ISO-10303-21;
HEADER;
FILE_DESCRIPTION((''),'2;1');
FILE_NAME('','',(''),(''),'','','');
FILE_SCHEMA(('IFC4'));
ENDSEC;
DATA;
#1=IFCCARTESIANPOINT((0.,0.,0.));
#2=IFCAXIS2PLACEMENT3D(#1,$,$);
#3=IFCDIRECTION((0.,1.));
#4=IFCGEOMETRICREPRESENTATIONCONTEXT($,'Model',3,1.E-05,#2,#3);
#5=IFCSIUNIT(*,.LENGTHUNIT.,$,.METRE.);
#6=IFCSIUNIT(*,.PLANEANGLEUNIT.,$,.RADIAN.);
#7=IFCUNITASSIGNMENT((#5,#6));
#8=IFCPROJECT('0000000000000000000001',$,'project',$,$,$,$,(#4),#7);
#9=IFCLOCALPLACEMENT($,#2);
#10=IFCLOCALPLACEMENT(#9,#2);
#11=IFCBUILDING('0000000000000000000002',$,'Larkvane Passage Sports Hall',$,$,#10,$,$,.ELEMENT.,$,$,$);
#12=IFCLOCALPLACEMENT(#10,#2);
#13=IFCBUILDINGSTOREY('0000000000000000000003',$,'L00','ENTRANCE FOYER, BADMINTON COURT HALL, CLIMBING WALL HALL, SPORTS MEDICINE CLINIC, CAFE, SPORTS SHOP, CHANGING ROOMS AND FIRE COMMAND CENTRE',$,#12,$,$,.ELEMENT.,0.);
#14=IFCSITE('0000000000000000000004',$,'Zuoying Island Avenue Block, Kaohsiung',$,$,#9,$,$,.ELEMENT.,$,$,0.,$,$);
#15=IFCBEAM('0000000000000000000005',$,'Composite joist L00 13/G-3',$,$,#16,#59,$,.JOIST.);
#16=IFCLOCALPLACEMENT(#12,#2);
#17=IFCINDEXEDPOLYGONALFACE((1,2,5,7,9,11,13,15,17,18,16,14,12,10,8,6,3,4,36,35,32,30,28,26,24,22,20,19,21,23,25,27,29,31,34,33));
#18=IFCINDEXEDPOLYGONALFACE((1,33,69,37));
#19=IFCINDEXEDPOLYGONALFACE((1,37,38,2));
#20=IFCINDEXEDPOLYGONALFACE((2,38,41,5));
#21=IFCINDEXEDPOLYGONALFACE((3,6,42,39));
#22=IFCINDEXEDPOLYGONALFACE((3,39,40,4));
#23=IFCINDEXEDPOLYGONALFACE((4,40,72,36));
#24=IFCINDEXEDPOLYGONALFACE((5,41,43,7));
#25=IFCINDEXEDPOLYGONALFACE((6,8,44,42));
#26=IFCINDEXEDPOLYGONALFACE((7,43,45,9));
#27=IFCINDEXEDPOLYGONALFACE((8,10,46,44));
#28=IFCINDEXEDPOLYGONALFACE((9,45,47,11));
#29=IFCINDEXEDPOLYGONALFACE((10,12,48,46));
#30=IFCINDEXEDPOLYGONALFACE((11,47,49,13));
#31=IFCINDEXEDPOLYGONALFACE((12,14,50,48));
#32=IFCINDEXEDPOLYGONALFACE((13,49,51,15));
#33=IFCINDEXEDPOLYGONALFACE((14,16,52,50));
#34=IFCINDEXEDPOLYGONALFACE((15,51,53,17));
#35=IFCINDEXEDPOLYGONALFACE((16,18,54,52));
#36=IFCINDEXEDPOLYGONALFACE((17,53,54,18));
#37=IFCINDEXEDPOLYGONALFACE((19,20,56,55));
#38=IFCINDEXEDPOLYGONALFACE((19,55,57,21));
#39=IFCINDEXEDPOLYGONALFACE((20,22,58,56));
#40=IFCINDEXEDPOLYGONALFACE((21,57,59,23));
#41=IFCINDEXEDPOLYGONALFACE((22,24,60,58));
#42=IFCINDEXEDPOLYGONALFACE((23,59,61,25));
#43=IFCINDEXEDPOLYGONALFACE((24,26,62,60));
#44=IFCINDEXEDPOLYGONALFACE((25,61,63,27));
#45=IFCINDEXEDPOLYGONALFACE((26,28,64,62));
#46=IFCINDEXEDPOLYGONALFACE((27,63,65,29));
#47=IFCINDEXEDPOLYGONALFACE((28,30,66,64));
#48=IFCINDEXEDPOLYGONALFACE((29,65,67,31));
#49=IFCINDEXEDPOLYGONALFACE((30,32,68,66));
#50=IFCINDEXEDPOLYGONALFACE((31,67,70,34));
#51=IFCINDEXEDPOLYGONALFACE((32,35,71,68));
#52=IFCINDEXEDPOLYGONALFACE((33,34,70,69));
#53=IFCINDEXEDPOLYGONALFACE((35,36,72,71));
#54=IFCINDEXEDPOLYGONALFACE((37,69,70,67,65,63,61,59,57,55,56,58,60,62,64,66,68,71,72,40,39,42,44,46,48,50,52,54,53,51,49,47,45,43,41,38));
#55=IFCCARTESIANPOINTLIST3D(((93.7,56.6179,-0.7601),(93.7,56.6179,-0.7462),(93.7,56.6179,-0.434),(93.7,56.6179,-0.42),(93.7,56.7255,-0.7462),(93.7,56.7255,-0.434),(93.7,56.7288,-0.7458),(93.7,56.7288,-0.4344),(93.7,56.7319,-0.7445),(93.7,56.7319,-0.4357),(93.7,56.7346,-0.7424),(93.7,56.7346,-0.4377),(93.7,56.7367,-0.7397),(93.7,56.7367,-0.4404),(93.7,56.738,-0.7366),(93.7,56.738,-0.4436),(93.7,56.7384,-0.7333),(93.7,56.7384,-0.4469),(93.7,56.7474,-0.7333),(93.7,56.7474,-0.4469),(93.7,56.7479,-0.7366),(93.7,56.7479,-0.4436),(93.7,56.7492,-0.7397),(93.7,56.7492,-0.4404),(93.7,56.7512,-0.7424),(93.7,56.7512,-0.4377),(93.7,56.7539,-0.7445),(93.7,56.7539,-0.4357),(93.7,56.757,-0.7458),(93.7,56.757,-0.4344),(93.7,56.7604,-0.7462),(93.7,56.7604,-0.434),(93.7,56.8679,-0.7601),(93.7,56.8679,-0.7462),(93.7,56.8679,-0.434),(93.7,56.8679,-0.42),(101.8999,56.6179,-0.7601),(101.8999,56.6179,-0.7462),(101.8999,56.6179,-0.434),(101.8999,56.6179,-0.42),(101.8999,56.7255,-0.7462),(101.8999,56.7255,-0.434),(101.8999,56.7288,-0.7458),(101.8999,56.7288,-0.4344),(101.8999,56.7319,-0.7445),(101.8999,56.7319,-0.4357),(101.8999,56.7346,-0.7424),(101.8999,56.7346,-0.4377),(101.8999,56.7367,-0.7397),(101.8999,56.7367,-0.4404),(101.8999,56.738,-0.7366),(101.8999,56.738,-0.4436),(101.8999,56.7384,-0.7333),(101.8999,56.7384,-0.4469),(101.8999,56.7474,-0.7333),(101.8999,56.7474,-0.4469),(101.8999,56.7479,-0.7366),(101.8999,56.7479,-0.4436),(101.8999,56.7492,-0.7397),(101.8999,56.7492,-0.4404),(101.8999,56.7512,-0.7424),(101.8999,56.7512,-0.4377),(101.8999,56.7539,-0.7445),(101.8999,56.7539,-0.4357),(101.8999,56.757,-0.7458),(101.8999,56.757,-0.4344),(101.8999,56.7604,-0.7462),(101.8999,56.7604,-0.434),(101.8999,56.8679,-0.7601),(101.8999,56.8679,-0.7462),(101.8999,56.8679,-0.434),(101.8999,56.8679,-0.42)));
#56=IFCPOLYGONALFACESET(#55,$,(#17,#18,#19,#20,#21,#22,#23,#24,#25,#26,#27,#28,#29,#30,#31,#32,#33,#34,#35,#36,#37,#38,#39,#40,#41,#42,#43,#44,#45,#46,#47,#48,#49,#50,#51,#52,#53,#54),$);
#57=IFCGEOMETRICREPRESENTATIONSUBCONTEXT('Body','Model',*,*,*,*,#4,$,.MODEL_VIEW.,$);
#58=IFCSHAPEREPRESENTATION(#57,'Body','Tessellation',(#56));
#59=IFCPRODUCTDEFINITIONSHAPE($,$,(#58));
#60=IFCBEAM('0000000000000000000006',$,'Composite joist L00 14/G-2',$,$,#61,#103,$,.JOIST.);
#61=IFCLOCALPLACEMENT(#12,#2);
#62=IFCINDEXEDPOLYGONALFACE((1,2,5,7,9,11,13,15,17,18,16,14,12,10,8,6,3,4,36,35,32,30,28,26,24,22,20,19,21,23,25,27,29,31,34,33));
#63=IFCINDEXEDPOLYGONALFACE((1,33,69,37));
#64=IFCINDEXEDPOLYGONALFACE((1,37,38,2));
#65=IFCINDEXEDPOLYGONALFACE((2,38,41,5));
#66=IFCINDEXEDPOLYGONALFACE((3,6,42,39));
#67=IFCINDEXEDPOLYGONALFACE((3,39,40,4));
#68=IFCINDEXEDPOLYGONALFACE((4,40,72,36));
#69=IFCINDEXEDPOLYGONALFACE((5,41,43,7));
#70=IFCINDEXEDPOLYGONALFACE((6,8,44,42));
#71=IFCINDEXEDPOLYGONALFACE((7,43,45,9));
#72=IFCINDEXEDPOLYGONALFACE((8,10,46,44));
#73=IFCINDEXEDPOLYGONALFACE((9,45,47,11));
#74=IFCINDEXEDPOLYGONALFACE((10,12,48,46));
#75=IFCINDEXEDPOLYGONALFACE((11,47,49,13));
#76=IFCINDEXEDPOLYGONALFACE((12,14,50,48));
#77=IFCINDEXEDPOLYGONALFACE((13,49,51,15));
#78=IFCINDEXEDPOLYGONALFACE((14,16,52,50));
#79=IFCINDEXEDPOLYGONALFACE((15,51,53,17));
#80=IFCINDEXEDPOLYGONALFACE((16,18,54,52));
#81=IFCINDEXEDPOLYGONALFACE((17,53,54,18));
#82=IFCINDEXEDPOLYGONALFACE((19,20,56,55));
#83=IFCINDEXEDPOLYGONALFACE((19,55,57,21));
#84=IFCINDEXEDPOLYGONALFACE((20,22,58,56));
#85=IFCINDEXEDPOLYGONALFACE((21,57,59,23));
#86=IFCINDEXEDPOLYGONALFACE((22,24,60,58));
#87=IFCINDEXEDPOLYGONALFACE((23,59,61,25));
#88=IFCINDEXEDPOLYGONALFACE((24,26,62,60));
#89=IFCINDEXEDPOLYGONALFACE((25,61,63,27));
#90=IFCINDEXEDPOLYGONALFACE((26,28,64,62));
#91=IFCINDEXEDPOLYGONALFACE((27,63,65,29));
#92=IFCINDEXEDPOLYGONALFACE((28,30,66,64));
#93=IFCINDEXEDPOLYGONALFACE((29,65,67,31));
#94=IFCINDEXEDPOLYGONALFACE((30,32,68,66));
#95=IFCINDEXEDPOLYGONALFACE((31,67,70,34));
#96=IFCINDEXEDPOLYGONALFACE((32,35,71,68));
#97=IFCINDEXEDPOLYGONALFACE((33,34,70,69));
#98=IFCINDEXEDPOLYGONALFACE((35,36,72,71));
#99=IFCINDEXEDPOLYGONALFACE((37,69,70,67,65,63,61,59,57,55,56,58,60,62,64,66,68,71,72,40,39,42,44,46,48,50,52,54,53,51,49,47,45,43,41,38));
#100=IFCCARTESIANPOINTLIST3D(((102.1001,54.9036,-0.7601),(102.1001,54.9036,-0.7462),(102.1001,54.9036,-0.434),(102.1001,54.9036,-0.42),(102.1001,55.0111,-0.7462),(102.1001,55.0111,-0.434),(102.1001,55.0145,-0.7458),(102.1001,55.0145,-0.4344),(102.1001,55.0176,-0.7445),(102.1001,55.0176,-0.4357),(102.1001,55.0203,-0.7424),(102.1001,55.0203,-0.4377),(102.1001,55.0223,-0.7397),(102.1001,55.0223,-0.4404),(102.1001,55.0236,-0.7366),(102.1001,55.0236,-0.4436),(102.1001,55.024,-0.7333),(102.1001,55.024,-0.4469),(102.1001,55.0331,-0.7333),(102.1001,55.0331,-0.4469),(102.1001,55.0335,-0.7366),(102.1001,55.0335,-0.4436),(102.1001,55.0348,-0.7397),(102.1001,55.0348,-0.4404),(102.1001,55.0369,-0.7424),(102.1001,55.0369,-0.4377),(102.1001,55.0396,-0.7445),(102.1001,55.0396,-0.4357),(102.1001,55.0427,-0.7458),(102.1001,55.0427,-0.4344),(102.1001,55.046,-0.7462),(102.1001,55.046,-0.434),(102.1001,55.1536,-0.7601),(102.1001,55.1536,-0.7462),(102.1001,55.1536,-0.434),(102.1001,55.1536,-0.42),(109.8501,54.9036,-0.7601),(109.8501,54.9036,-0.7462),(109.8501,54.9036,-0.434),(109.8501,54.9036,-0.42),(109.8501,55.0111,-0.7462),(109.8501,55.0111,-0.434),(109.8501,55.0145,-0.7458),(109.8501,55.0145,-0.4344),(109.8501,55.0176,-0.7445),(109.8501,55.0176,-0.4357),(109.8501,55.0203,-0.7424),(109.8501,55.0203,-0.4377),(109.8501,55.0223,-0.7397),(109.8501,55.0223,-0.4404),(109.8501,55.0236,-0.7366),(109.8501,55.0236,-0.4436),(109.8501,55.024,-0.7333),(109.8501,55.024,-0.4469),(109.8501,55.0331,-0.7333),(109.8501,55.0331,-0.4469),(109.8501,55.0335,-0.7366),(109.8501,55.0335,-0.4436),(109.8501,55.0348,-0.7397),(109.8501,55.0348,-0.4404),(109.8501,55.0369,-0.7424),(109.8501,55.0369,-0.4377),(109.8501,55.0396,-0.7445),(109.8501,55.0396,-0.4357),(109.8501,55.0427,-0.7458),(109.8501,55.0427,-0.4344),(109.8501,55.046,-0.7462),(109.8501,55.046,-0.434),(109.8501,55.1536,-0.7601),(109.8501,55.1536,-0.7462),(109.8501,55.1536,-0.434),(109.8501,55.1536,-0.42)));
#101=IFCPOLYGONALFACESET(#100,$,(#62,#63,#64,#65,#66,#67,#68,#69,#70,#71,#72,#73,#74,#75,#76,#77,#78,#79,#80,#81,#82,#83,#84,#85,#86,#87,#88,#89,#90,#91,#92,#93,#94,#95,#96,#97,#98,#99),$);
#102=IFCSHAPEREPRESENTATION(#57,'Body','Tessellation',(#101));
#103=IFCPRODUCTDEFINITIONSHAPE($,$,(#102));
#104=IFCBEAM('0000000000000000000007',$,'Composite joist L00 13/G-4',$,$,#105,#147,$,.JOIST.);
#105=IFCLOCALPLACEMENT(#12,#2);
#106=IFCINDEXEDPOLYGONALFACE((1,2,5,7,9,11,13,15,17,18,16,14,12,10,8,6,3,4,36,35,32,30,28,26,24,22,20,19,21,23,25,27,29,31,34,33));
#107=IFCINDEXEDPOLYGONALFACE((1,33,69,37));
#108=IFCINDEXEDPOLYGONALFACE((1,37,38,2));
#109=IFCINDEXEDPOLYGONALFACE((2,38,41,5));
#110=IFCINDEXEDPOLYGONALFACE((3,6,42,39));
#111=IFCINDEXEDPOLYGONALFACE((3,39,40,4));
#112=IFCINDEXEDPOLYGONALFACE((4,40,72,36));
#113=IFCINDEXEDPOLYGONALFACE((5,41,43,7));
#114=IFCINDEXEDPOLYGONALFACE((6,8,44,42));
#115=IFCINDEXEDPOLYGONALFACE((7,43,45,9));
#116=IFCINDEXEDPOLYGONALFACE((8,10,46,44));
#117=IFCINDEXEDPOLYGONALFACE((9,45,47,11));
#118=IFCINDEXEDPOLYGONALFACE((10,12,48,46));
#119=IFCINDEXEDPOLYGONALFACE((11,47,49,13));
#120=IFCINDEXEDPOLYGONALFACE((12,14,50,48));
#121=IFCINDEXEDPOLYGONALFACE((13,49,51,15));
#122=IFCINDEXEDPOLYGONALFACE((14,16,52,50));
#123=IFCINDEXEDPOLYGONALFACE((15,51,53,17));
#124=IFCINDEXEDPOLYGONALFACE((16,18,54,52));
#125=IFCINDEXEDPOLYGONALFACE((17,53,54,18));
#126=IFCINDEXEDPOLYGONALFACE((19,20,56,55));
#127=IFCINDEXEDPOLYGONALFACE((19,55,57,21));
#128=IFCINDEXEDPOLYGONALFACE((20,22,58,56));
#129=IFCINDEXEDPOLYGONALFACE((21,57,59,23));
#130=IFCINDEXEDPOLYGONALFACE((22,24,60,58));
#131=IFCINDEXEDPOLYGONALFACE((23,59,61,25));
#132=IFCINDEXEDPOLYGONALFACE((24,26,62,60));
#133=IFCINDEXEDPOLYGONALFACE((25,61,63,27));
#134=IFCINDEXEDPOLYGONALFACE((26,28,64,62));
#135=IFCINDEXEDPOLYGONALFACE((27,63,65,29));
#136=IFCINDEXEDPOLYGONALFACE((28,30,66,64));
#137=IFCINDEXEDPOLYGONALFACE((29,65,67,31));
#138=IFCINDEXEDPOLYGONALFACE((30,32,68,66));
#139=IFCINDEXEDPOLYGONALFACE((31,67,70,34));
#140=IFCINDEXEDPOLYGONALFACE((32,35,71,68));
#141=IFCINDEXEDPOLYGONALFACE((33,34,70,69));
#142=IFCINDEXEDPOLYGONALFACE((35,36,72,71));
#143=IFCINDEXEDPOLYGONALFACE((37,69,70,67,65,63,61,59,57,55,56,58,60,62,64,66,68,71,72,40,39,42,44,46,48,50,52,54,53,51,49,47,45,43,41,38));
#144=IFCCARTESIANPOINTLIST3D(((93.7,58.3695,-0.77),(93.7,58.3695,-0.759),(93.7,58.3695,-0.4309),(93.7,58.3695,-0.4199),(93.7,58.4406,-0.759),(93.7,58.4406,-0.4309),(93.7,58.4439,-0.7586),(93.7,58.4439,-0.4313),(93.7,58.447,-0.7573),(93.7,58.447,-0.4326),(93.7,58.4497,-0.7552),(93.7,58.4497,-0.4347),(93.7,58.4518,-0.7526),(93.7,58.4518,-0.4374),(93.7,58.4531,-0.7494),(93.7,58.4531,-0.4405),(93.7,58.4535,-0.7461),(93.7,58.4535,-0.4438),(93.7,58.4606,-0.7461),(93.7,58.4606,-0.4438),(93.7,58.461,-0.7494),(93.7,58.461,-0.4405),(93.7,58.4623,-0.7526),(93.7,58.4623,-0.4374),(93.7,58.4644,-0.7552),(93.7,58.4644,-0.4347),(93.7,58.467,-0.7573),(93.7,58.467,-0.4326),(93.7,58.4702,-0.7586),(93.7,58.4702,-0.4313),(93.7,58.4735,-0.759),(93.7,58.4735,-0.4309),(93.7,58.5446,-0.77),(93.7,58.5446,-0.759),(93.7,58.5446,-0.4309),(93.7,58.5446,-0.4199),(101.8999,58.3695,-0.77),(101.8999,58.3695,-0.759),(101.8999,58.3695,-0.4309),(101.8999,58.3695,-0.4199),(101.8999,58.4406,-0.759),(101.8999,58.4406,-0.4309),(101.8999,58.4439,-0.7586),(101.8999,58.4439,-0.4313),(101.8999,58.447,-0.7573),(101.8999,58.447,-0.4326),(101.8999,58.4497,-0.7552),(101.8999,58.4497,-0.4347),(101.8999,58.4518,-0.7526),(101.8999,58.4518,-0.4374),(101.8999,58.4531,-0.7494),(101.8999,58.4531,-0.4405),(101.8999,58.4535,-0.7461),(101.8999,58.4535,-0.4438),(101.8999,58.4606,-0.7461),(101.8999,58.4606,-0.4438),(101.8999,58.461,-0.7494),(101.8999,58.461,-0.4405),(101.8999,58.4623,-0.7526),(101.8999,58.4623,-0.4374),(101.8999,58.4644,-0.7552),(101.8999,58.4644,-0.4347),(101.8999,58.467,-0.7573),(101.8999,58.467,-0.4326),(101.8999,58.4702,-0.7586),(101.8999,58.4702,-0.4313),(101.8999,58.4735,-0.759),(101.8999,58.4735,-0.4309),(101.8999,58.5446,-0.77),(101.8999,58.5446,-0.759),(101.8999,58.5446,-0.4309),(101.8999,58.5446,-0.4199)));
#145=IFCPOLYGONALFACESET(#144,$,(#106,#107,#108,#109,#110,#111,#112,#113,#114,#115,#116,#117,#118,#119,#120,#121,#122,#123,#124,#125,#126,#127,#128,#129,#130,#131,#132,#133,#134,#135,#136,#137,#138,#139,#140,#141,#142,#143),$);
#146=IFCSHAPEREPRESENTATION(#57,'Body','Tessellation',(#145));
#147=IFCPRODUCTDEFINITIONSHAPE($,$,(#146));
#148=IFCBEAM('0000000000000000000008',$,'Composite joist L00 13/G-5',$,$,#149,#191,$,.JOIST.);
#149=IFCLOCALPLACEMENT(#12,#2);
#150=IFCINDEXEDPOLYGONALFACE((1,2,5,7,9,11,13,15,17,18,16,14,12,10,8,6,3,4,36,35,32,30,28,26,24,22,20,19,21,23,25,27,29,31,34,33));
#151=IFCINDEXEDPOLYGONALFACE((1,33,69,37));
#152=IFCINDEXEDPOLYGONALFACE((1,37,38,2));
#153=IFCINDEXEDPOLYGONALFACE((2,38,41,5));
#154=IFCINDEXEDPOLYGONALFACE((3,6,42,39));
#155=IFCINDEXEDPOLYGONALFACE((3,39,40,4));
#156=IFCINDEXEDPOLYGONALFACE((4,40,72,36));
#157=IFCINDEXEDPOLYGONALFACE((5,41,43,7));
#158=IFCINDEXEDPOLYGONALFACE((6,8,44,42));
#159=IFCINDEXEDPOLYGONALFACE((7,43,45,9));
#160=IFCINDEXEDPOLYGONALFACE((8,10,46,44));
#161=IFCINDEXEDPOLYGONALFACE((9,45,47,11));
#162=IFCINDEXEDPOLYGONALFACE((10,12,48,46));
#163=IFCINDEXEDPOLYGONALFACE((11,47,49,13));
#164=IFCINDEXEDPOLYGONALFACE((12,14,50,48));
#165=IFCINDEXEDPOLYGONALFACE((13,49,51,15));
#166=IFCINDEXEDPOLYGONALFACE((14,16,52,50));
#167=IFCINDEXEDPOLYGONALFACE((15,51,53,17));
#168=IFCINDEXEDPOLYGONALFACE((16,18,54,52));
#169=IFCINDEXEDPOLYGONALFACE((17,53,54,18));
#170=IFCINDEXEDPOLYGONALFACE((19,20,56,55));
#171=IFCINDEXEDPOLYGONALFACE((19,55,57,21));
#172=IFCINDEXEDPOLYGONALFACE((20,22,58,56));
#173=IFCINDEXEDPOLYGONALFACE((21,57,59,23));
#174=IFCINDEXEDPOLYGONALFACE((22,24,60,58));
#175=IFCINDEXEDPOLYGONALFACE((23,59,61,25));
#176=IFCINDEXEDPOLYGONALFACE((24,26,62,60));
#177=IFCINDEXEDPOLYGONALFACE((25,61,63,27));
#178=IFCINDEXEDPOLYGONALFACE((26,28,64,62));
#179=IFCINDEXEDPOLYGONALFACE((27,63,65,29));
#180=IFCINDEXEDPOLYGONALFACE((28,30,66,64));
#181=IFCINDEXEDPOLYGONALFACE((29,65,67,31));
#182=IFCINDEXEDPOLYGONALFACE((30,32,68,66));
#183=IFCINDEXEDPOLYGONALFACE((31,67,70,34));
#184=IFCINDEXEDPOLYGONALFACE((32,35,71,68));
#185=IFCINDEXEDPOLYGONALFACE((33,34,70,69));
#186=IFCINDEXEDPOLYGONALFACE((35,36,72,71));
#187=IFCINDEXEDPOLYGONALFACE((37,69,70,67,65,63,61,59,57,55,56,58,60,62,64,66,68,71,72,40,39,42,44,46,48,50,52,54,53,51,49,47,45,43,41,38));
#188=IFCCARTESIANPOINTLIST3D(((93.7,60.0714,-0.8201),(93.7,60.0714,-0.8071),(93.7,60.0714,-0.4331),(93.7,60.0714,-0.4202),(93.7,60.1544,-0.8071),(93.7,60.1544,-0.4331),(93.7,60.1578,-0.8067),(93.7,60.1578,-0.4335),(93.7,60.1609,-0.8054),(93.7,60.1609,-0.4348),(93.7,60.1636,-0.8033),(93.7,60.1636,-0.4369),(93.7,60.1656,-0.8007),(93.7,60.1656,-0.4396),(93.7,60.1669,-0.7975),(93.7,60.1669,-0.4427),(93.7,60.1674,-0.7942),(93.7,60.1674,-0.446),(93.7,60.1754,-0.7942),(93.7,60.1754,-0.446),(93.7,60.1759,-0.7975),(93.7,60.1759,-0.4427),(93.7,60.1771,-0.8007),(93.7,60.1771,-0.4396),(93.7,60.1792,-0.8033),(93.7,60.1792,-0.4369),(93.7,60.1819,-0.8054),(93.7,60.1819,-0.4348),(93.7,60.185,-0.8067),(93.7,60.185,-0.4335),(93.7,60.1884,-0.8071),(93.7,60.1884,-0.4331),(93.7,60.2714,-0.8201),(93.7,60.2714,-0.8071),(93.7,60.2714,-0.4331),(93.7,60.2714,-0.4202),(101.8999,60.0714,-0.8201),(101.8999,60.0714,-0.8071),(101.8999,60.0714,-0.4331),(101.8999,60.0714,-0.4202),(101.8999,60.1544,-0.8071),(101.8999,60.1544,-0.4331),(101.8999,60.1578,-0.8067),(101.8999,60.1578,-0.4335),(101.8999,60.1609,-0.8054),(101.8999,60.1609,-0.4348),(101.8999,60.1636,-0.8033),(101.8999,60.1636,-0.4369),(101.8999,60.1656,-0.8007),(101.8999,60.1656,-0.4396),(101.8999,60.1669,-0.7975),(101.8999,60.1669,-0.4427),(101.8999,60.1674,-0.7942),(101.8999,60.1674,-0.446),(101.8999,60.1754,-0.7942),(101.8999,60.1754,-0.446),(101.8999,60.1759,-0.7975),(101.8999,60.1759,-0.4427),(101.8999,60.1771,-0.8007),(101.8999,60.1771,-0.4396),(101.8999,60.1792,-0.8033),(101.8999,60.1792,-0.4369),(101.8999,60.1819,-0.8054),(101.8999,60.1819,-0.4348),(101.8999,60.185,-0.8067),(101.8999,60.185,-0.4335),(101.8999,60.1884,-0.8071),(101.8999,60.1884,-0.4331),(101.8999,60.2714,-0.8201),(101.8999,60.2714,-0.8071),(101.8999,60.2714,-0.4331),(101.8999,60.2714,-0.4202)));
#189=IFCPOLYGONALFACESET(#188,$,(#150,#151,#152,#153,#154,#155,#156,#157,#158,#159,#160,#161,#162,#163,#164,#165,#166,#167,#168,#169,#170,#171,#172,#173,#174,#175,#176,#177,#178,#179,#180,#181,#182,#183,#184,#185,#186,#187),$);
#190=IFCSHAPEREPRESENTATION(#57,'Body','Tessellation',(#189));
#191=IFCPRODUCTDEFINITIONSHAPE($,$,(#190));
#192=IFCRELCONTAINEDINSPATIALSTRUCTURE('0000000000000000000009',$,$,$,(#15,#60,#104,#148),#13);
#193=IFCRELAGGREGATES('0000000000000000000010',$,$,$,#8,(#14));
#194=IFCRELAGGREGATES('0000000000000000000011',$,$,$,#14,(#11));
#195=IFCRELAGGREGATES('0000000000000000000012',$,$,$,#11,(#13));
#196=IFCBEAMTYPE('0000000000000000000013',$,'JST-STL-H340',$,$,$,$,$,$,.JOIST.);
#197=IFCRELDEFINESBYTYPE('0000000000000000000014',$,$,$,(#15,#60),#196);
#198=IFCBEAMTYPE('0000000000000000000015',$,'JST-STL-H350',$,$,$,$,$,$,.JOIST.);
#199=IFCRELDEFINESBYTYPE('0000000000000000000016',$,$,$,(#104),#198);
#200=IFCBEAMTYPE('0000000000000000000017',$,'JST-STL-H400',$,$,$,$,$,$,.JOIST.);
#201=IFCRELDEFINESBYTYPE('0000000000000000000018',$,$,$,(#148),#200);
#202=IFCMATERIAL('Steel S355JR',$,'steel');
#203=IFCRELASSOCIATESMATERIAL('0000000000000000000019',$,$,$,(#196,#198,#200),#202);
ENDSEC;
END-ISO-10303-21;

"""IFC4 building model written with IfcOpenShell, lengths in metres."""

from ifc_helpers import new_model, si_unit, direction, frame, origin, origin_2d, place, context, subcontext, project, spatial, i_section, extrude, material, material_profile, profile_set, type_object, element, save


model = new_model("IFC4")

# Units and contexts
model_context = context("Model", 3, precision=1e-05, world=origin(), true_north=direction((0.0, 1.0)))
body_context = subcontext(model_context, "Body", "Model", "MODEL_VIEW")
ifc_project = project(units=[si_unit("LENGTHUNIT", "METRE"), si_unit("PLANEANGLEUNIT", "RADIAN")], contexts=[model_context])

# Site, building, storey
site_placement = place(None, origin())
site = spatial("IfcSite", under=ifc_project, at=site_placement, Name="Zuoying Island Avenue Block, Kaohsiung", CompositionType="ELEMENT", RefElevation=0.0)
building_placement = place(site_placement, origin())
building = spatial("IfcBuilding", under=site, at=building_placement, Name="Larkvane Passage Sports Hall", CompositionType="ELEMENT")
storey_placement = place(building_placement, origin())
storey = spatial("IfcBuildingStorey", under=building, at=storey_placement, Name="L00", Description="ENTRANCE FOYER, BADMINTON COURT HALL, CLIMBING WALL HALL, SPORTS MEDICINE CLINIC, CAFE, SPORTS SHOP, CHANGING ROOMS AND FIRE COMMAND CENTRE", CompositionType="ELEMENT", Elevation=0.0)

# Beams
ifc_material_1 = material(Name="Steel S355JR", Category="steel")
ifc_material_profile_1 = material_profile(ifc_material_1, i_section(OverallWidth=0.25, OverallDepth=0.3401, WebThickness=0.009, FlangeThickness=0.0139, FilletRadius=0.0129, at=origin_2d()), Name="H-340x250x9x14")
ifc_profile_set_1 = profile_set([ifc_material_profile_1], Name="Steel S355JR")
beam_type_1 = type_object("IfcBeamType", Name="JST-STL-H340", PredefinedType="JOIST", material=ifc_profile_set_1)
beam_1_placement = place(storey_placement, frame((93.7, 56.7429, -0.5901), z_axis=(1.0, 0.0, 0.0), x_axis=(0.0, 1.0, 0.0)))
element("IfcBeam", 1, at=beam_1_placement, inside=storey, type_object=beam_type_1, Name="Composite joist L00 13/G-3", PredefinedType="JOIST", context=body_context, shape_type="SweptSolid", body=[
    extrude(i_section(OverallWidth=0.25, OverallDepth=0.3401, WebThickness=0.009, FlangeThickness=0.0139, FilletRadius=0.0129, at=origin_2d()), origin(), (0.0, 0.0, 1.0), 8.2),
])
beam_2_placement = place(storey_placement, frame((102.1001, 55.0286, -0.5901), z_axis=(1.0, 0.0, 0.0), x_axis=(0.0, 1.0, 0.0)))
element("IfcBeam", 2, at=beam_2_placement, inside=storey, type_object=beam_type_1, Name="Composite joist L00 14/G-2", PredefinedType="JOIST", context=body_context, shape_type="SweptSolid", body=[
    extrude(i_section(OverallWidth=0.25, OverallDepth=0.3401, WebThickness=0.009, FlangeThickness=0.0139, FilletRadius=0.0129, at=origin_2d()), origin(), (0.0, 0.0, 1.0), 7.75),
])
ifc_material_profile_2 = material_profile(ifc_material_1, i_section(OverallWidth=0.175, OverallDepth=0.3501, WebThickness=0.0071, FlangeThickness=0.011, FilletRadius=0.0129, at=origin_2d()), Name="H-350x175x7x11")
ifc_profile_set_2 = profile_set([ifc_material_profile_2], Name="Steel S355JR")
beam_type_2 = type_object("IfcBeamType", Name="JST-STL-H350", PredefinedType="JOIST", material=ifc_profile_set_2)
beam_3_placement = place(storey_placement, frame((93.7, 58.457, -0.595), z_axis=(1.0, 0.0, 0.0), x_axis=(0.0, 1.0, 0.0)))
element("IfcBeam", 3, at=beam_3_placement, inside=storey, type_object=beam_type_2, Name="Composite joist L00 13/G-4", PredefinedType="JOIST", context=body_context, shape_type="SweptSolid", body=[
    extrude(i_section(OverallWidth=0.175, OverallDepth=0.3501, WebThickness=0.0071, FlangeThickness=0.011, FilletRadius=0.0129, at=origin_2d()), origin(), (0.0, 0.0, 1.0), 8.2),
])
ifc_material_profile_3 = material_profile(ifc_material_1, i_section(OverallWidth=0.2, OverallDepth=0.3999, WebThickness=0.0081, FlangeThickness=0.0129, FilletRadius=0.0129, at=origin_2d()), Name="H-400x200x8x13")
ifc_profile_set_3 = profile_set([ifc_material_profile_3], Name="Steel S355JR")
beam_type_3 = type_object("IfcBeamType", Name="JST-STL-H400", PredefinedType="JOIST", material=ifc_profile_set_3)
beam_4_placement = place(storey_placement, frame((93.7, 60.1714, -0.6201), z_axis=(1.0, 0.0, 0.0), x_axis=(0.0, 1.0, 0.0)))
element("IfcBeam", 4, at=beam_4_placement, inside=storey, type_object=beam_type_3, Name="Composite joist L00 13/G-5", PredefinedType="JOIST", context=body_context, shape_type="SweptSolid", body=[
    extrude(i_section(OverallWidth=0.2, OverallDepth=0.3999, WebThickness=0.0081, FlangeThickness=0.0129, FilletRadius=0.0129, at=origin_2d()), origin(), (0.0, 0.0, 1.0), 8.2),
])

save(model, "model.ifc")
